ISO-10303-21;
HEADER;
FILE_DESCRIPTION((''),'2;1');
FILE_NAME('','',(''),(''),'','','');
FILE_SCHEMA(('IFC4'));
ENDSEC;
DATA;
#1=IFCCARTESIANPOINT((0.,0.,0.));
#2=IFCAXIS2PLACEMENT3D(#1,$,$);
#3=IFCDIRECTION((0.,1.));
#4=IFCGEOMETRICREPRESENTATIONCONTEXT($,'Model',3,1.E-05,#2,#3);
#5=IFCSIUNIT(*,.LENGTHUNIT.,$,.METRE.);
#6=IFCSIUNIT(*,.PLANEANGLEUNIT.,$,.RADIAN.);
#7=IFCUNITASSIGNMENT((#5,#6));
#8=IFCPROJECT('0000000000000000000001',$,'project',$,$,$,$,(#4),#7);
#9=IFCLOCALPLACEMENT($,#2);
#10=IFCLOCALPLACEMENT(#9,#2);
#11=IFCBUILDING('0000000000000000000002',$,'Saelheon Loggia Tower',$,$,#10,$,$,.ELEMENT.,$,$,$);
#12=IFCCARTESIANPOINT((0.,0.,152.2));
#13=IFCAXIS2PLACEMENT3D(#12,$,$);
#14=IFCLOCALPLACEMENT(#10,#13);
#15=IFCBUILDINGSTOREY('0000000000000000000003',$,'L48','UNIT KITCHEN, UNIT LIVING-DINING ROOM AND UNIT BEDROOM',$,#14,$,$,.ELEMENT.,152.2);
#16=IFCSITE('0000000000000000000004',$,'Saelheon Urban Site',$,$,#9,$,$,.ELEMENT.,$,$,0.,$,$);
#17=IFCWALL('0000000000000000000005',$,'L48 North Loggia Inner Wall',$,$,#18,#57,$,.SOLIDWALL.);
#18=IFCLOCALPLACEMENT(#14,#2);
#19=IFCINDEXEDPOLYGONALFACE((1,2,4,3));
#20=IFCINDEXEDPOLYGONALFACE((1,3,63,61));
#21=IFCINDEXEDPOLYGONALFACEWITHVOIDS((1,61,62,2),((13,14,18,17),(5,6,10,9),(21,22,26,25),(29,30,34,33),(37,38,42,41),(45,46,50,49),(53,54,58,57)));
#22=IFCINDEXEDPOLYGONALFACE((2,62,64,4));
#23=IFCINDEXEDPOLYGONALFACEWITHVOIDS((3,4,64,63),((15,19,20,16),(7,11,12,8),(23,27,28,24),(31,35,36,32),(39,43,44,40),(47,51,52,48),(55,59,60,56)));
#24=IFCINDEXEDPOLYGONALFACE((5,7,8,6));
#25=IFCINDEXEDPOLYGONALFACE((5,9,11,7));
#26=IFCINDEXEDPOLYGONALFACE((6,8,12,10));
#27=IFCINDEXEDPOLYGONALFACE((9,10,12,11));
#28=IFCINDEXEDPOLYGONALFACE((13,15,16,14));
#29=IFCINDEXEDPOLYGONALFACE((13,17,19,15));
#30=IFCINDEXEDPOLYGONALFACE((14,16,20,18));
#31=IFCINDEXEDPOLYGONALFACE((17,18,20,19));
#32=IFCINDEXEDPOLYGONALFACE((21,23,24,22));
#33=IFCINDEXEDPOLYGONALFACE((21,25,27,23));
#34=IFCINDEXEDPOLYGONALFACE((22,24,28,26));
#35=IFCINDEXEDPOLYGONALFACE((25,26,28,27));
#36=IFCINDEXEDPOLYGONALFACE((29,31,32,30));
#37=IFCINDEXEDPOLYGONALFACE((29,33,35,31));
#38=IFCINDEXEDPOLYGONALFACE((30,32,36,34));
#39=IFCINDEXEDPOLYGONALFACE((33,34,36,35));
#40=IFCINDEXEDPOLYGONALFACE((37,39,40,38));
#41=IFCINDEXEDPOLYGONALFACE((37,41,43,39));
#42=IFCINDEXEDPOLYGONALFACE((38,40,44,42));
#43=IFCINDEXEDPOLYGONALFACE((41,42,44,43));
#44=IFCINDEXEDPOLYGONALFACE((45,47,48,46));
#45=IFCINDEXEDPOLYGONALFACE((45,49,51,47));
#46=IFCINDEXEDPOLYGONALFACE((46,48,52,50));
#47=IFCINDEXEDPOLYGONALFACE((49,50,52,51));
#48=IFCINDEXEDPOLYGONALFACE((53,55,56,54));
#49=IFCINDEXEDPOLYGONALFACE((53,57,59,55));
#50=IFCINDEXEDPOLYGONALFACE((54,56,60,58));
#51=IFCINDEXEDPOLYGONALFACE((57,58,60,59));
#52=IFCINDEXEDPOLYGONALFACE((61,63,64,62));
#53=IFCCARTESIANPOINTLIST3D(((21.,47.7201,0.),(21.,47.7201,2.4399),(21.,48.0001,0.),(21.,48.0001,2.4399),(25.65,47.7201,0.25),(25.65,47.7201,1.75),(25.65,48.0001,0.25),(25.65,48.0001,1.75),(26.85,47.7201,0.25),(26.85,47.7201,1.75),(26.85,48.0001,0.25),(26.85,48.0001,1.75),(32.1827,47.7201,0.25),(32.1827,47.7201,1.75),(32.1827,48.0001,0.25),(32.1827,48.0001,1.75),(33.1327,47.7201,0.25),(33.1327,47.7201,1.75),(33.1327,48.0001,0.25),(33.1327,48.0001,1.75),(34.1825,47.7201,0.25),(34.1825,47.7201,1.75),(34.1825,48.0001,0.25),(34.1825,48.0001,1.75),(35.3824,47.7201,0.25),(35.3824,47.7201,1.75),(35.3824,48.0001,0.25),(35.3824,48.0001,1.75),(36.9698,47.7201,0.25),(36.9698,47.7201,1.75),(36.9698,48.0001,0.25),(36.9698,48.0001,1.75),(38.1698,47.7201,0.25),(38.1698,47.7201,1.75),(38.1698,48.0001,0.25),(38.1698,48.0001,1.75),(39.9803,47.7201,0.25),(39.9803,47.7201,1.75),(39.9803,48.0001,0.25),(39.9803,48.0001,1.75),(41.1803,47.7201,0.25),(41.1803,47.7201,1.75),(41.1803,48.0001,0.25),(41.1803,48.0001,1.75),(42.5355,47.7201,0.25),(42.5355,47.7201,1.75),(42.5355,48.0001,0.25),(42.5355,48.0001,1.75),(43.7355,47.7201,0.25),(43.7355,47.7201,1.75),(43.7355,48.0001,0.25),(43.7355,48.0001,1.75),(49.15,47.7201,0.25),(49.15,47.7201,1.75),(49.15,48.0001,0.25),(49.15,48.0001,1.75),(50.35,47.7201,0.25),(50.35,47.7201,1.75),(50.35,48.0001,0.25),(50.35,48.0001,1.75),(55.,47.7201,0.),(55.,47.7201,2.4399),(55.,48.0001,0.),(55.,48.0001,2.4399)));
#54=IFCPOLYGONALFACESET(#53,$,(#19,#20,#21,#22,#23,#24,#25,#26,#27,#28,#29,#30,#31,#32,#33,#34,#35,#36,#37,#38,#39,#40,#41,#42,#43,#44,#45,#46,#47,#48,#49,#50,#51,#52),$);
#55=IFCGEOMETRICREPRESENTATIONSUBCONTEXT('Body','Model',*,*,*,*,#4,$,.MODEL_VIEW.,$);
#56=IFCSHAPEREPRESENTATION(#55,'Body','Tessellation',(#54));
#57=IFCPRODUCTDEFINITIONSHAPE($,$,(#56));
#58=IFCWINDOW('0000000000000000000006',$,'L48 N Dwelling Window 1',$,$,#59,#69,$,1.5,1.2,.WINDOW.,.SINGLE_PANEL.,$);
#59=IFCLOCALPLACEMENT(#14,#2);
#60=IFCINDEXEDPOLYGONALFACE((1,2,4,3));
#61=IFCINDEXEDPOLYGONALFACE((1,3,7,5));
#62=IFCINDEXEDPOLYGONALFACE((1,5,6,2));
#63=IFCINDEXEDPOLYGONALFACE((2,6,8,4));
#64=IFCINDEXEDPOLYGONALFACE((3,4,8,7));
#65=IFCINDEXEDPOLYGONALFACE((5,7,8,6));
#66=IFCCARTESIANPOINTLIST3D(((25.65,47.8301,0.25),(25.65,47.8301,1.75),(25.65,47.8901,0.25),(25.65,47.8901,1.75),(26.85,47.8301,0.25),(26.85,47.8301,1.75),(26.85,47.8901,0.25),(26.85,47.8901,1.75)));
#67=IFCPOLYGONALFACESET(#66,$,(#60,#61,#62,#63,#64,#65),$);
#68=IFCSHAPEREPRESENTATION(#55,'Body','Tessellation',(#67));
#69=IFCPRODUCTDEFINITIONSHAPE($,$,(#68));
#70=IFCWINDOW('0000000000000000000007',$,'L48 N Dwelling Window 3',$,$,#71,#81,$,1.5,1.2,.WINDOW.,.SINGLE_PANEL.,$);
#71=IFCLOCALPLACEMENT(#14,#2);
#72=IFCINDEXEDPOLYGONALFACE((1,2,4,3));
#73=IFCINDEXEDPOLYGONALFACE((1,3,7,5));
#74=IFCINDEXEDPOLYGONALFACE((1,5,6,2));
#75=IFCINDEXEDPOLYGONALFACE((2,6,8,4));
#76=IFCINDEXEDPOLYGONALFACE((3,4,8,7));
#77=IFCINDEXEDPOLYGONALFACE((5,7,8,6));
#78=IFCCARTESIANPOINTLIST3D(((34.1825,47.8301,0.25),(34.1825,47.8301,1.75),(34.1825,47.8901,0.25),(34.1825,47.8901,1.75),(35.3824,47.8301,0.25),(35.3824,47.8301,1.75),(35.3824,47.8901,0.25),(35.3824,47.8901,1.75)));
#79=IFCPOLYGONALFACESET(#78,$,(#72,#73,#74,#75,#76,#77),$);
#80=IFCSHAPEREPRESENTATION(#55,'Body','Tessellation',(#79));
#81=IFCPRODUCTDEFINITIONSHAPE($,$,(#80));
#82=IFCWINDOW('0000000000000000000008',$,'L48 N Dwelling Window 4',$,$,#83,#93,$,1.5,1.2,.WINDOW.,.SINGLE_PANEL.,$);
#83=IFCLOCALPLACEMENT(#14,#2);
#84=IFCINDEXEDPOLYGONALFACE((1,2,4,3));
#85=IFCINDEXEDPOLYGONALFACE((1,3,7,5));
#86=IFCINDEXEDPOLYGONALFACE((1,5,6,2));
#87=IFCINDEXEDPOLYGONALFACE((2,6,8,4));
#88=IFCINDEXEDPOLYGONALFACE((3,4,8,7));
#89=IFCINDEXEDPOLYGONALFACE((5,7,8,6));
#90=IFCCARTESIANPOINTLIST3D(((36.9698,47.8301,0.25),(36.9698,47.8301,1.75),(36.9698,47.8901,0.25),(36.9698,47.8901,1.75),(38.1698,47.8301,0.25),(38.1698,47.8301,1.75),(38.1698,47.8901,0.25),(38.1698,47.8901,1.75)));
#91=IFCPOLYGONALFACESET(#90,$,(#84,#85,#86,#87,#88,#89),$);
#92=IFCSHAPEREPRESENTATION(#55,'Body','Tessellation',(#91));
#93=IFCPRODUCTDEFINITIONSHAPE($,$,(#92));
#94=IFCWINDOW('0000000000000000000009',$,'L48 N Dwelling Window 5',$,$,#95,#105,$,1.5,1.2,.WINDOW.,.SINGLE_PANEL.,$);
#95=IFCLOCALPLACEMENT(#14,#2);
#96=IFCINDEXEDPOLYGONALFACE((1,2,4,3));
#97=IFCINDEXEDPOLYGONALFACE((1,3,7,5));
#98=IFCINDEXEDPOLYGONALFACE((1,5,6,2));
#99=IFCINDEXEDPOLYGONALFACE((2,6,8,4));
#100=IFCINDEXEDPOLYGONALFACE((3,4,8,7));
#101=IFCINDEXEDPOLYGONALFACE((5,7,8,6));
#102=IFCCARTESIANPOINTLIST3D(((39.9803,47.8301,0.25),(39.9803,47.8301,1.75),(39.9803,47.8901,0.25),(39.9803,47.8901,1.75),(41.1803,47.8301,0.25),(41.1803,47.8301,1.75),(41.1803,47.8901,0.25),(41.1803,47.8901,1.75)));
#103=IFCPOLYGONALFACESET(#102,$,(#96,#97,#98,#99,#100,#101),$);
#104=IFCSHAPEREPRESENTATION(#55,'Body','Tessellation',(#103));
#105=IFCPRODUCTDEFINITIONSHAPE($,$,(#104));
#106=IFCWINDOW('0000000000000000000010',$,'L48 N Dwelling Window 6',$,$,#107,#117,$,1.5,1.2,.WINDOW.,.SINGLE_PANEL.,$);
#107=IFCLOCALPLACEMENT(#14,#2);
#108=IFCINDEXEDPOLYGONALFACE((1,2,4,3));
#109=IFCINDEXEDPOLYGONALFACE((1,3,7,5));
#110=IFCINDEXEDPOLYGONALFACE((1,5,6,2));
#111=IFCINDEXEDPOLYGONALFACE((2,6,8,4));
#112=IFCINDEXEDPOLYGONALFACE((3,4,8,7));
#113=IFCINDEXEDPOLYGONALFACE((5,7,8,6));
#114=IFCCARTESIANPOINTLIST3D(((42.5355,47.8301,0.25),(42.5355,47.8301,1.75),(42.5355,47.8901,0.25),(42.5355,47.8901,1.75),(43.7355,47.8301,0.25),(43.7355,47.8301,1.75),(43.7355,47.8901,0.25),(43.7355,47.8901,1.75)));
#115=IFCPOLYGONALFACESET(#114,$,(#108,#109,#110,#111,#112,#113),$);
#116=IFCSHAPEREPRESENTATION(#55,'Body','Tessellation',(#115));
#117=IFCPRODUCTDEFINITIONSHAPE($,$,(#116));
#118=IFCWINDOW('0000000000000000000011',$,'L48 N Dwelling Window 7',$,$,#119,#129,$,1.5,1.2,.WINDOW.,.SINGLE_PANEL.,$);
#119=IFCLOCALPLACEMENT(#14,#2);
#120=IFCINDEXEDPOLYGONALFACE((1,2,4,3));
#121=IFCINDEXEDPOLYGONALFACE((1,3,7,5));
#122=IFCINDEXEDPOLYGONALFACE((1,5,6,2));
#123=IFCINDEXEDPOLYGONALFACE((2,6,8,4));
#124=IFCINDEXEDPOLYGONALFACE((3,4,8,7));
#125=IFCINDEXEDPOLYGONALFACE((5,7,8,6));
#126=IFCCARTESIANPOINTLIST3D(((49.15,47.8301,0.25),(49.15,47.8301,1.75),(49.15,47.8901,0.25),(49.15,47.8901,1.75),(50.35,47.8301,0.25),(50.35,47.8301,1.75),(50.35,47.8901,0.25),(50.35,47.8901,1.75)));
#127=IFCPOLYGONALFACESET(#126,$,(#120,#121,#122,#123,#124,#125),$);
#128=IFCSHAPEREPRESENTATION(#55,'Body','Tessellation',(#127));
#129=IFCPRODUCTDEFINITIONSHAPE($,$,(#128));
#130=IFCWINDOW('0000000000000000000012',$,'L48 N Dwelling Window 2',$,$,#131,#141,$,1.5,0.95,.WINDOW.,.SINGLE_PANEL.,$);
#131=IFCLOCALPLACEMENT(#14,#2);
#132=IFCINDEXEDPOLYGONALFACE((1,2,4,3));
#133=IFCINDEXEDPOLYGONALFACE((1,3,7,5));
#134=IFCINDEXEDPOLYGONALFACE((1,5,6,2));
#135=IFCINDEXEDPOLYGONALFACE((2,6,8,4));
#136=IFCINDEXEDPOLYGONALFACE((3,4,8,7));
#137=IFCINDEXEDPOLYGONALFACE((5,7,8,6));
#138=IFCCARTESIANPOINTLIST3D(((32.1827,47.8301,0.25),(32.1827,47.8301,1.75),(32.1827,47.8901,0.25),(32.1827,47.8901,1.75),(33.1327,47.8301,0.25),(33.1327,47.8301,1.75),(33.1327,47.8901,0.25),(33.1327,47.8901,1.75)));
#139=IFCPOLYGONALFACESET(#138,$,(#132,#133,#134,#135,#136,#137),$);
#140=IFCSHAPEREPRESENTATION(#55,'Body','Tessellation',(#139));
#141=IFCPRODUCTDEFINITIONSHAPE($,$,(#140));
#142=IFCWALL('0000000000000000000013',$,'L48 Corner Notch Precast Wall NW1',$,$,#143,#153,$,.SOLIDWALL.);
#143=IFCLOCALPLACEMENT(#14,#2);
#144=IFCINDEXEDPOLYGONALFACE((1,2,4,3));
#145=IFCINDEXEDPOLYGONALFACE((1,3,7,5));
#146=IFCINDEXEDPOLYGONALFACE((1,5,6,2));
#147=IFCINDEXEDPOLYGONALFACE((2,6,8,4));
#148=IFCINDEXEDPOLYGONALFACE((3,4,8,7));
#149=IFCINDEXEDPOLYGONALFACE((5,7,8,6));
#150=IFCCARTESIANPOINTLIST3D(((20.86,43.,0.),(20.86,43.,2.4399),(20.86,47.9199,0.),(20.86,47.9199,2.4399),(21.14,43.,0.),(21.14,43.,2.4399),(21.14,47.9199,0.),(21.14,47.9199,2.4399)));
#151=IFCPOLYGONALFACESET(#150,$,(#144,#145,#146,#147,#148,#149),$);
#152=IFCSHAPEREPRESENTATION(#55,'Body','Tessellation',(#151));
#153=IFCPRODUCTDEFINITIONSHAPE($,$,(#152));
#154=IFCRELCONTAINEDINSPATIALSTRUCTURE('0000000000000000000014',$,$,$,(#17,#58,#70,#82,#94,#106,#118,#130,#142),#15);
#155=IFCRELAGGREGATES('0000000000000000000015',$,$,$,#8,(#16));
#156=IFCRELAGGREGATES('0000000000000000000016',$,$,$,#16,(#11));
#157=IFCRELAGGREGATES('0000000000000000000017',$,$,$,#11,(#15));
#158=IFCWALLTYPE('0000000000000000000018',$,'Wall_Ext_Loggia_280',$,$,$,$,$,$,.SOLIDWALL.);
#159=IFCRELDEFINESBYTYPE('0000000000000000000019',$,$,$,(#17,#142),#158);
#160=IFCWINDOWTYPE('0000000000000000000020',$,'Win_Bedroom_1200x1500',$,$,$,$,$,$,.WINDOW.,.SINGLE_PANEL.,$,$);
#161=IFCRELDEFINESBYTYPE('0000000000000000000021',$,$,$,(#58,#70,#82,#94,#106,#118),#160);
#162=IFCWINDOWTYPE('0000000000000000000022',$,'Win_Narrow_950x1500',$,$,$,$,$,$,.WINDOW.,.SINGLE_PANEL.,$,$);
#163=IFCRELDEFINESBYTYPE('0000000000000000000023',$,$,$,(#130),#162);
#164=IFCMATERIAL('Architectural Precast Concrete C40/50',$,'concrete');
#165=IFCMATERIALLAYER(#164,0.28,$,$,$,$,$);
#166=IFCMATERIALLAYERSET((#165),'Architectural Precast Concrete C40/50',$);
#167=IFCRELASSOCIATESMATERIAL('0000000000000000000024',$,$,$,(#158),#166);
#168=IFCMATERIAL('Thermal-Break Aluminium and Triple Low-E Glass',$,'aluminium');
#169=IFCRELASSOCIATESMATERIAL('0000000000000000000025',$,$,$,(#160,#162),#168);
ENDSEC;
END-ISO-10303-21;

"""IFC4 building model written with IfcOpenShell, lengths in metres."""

from ifc_helpers import new_model, si_unit, direction, frame, frame_2d, origin, place, context, subcontext, project, spatial, rectangle, extrude, source, transform, mapped, material, layer, layer_set, type_object, element, fill, save


model = new_model("IFC4")

# Units and contexts
model_context = context("Model", 3, precision=1e-05, world=origin(), true_north=direction((0.0, 1.0)))
body_context = subcontext(model_context, "Body", "Model", "MODEL_VIEW")
ifc_project = project(units=[si_unit("LENGTHUNIT", "METRE"), si_unit("PLANEANGLEUNIT", "RADIAN")], contexts=[model_context])

# Site, building, storey
site_placement = place(None, origin())
site = spatial("IfcSite", under=ifc_project, at=site_placement, Name="Saelheon Urban Site", CompositionType="ELEMENT", RefElevation=0.0)
building_placement = place(site_placement, origin())
building = spatial("IfcBuilding", under=site, at=building_placement, Name="Saelheon Loggia Tower", CompositionType="ELEMENT")
storey_placement = place(building_placement, frame((0.0, 0.0, 152.2)))
storey = spatial("IfcBuildingStorey", under=building, at=storey_placement, Name="L48", Description="UNIT KITCHEN, UNIT LIVING-DINING ROOM AND UNIT BEDROOM", CompositionType="ELEMENT", Elevation=152.2)

# Wall, openings, windows
ifc_material_1 = material(Name="Architectural Precast Concrete C40/50", Category="concrete")
ifc_layer_1 = layer(ifc_material_1, 0.28)
ifc_layer_set_1 = layer_set([ifc_layer_1], Name="Architectural Precast Concrete C40/50")
wall_type = type_object("IfcWallType", Name="Wall_Ext_Loggia_280", PredefinedType="SOLIDWALL", material=ifc_layer_set_1)
wall_1_placement = place(storey_placement, frame((21.0, 47.8601, 0.0), z_axis=(0.0, 0.0, 1.0), x_axis=(1.0, 0.0, 0.0)))
wall_1 = element("IfcWall", 1, at=wall_1_placement, inside=storey, type_object=wall_type, Name="L48 North Loggia Inner Wall", PredefinedType="SOLIDWALL", context=body_context, shape_type="SweptSolid", body=[
    extrude(rectangle(XDim=34.0, YDim=0.28, at=frame_2d((17.0, 0.0))), origin(), (0.0, 0.0, 1.0), 2.4399),
])
opening_1_placement = place(wall_1_placement, frame((4.6499, 0.0, 0.25)))
opening_1 = element("IfcOpeningElement", 2, at=opening_1_placement, cuts=wall_1, PredefinedType="OPENING", context=body_context, shape_type="SweptSolid", body=[
    extrude(rectangle(XDim=1.2, YDim=1.5, at=frame_2d((0.6001, 0.75))), frame((0.0, 0.1521, 0.0), z_axis=(0.0, -1.0, 0.0), x_axis=(1.0, 0.0, 0.0)), (0.0, 0.0, 1.0), 0.304),
])
opening_2_placement = place(wall_1_placement, frame((11.1826, 0.0, 0.25)))
opening_2 = element("IfcOpeningElement", 3, at=opening_2_placement, cuts=wall_1, PredefinedType="OPENING", context=body_context, shape_type="SweptSolid", body=[
    extrude(rectangle(XDim=0.95, YDim=1.5, at=frame_2d((0.4751, 0.75))), frame((0.0, 0.1521, 0.0), z_axis=(0.0, -1.0, 0.0), x_axis=(1.0, 0.0, 0.0)), (0.0, 0.0, 1.0), 0.304),
])
opening_3_placement = place(wall_1_placement, frame((13.1824, 0.0, 0.25)))
opening_3 = element("IfcOpeningElement", 4, at=opening_3_placement, cuts=wall_1, PredefinedType="OPENING", context=body_context, shape_type="SweptSolid", body=[
    extrude(rectangle(XDim=1.2, YDim=1.5, at=frame_2d((0.6001, 0.75))), frame((0.0, 0.1521, 0.0), z_axis=(0.0, -1.0, 0.0), x_axis=(1.0, 0.0, 0.0)), (0.0, 0.0, 1.0), 0.304),
])
opening_4_placement = place(wall_1_placement, frame((15.9697, 0.0, 0.25)))
opening_4 = element("IfcOpeningElement", 5, at=opening_4_placement, cuts=wall_1, PredefinedType="OPENING", context=body_context, shape_type="SweptSolid", body=[
    extrude(rectangle(XDim=1.2, YDim=1.5, at=frame_2d((0.6001, 0.75))), frame((0.0, 0.1521, 0.0), z_axis=(0.0, -1.0, 0.0), x_axis=(1.0, 0.0, 0.0)), (0.0, 0.0, 1.0), 0.304),
])
opening_5_placement = place(wall_1_placement, frame((18.9802, 0.0, 0.25)))
opening_5 = element("IfcOpeningElement", 6, at=opening_5_placement, cuts=wall_1, PredefinedType="OPENING", context=body_context, shape_type="SweptSolid", body=[
    extrude(rectangle(XDim=1.2, YDim=1.5, at=frame_2d((0.6001, 0.75))), frame((0.0, 0.1521, 0.0), z_axis=(0.0, -1.0, 0.0), x_axis=(1.0, 0.0, 0.0)), (0.0, 0.0, 1.0), 0.304),
])
opening_6_placement = place(wall_1_placement, frame((21.5354, 0.0, 0.25)))
opening_6 = element("IfcOpeningElement", 7, at=opening_6_placement, cuts=wall_1, PredefinedType="OPENING", context=body_context, shape_type="SweptSolid", body=[
    extrude(rectangle(XDim=1.2, YDim=1.5, at=frame_2d((0.6001, 0.75))), frame((0.0, 0.1521, 0.0), z_axis=(0.0, -1.0, 0.0), x_axis=(1.0, 0.0, 0.0)), (0.0, 0.0, 1.0), 0.304),
])
opening_7_placement = place(wall_1_placement, frame((28.1499, 0.0, 0.25)))
opening_7 = element("IfcOpeningElement", 8, at=opening_7_placement, cuts=wall_1, PredefinedType="OPENING", context=body_context, shape_type="SweptSolid", body=[
    extrude(rectangle(XDim=1.2, YDim=1.5, at=frame_2d((0.6001, 0.75))), frame((0.0, 0.1521, 0.0), z_axis=(0.0, -1.0, 0.0), x_axis=(1.0, 0.0, 0.0)), (0.0, 0.0, 1.0), 0.304),
])
ifc_material_2 = material(Name="Thermal-Break Aluminium and Triple Low-E Glass", Category="aluminium")
window_type_1 = type_object("IfcWindowType", Name="Win_Bedroom_1200x1500", PartitioningType="SINGLE_PANEL", PredefinedType="WINDOW", material=ifc_material_2)
shared_shape_1 = source(origin(), body_context, "Body", "SweptSolid", [
    extrude(rectangle(XDim=1.2, YDim=1.5, at=frame_2d((0.6001, 0.75))), frame((0.0, 0.03, 0.0), z_axis=(0.0, -1.0, 0.0), x_axis=(1.0, 0.0, 0.0)), (0.0, 0.0, 1.0), 0.0601),
])
window_1_placement = place(opening_1_placement, origin())
window_1 = element("IfcWindow", 9, at=window_1_placement, inside=storey, type_object=window_type_1, Name="L48 N Dwelling Window 1", OverallHeight=1.5, OverallWidth=1.2, PartitioningType="SINGLE_PANEL", PredefinedType="WINDOW", context=body_context, shape_type="MappedRepresentation", body=[
    mapped(shared_shape_1, transform((0.0, 0.0, 0.0), scale=1.0)),
])
fill(opening_1, window_1)
window_2_placement = place(opening_3_placement, origin())
window_2 = element("IfcWindow", 10, at=window_2_placement, inside=storey, type_object=window_type_1, Name="L48 N Dwelling Window 3", OverallHeight=1.5, OverallWidth=1.2, PartitioningType="SINGLE_PANEL", PredefinedType="WINDOW", context=body_context, shape_type="MappedRepresentation", body=[
    mapped(shared_shape_1, transform((0.0, 0.0, 0.0), scale=1.0)),
])
fill(opening_3, window_2)
window_3_placement = place(opening_4_placement, origin())
window_3 = element("IfcWindow", 11, at=window_3_placement, inside=storey, type_object=window_type_1, Name="L48 N Dwelling Window 4", OverallHeight=1.5, OverallWidth=1.2, PartitioningType="SINGLE_PANEL", PredefinedType="WINDOW", context=body_context, shape_type="MappedRepresentation", body=[
    mapped(shared_shape_1, transform((0.0, 0.0, 0.0), scale=1.0)),
])
fill(opening_4, window_3)
window_4_placement = place(opening_5_placement, origin())
window_4 = element("IfcWindow", 12, at=window_4_placement, inside=storey, type_object=window_type_1, Name="L48 N Dwelling Window 5", OverallHeight=1.5, OverallWidth=1.2, PartitioningType="SINGLE_PANEL", PredefinedType="WINDOW", context=body_context, shape_type="MappedRepresentation", body=[
    mapped(shared_shape_1, transform((0.0, 0.0, 0.0), scale=1.0)),
])
fill(opening_5, window_4)
window_5_placement = place(opening_6_placement, origin())
window_5 = element("IfcWindow", 13, at=window_5_placement, inside=storey, type_object=window_type_1, Name="L48 N Dwelling Window 6", OverallHeight=1.5, OverallWidth=1.2, PartitioningType="SINGLE_PANEL", PredefinedType="WINDOW", context=body_context, shape_type="MappedRepresentation", body=[
    mapped(shared_shape_1, transform((0.0, 0.0, 0.0), scale=1.0)),
])
fill(opening_6, window_5)
window_6_placement = place(opening_7_placement, origin())
window_6 = element("IfcWindow", 14, at=window_6_placement, inside=storey, type_object=window_type_1, Name="L48 N Dwelling Window 7", OverallHeight=1.5, OverallWidth=1.2, PartitioningType="SINGLE_PANEL", PredefinedType="WINDOW", context=body_context, shape_type="MappedRepresentation", body=[
    mapped(shared_shape_1, transform((0.0, 0.0, 0.0), scale=1.0)),
])
fill(opening_7, window_6)
window_type_2 = type_object("IfcWindowType", Name="Win_Narrow_950x1500", PartitioningType="SINGLE_PANEL", PredefinedType="WINDOW", material=ifc_material_2)
shared_shape_2 = source(origin(), body_context, "Body", "SweptSolid", [
    extrude(rectangle(XDim=0.95, YDim=1.5, at=frame_2d((0.4751, 0.75))), frame((0.0, 0.03, 0.0), z_axis=(0.0, -1.0, 0.0), x_axis=(1.0, 0.0, 0.0)), (0.0, 0.0, 1.0), 0.0601),
])
window_7_placement = place(opening_2_placement, origin())
window_7 = element("IfcWindow", 15, at=window_7_placement, inside=storey, type_object=window_type_2, Name="L48 N Dwelling Window 2", OverallHeight=1.5, OverallWidth=0.95, PartitioningType="SINGLE_PANEL", PredefinedType="WINDOW", context=body_context, shape_type="MappedRepresentation", body=[
    mapped(shared_shape_2, transform((0.0, 0.0, 0.0), scale=1.0)),
])
fill(opening_2, window_7)

# Wall
wall_2_placement = place(storey_placement, frame((21.0, 43.0, 0.0), z_axis=(0.0, 0.0, 1.0), x_axis=(0.0, 1.0, 0.0)))
element("IfcWall", 16, at=wall_2_placement, inside=storey, type_object=wall_type, Name="L48 Corner Notch Precast Wall NW1", PredefinedType="SOLIDWALL", context=body_context, shape_type="SweptSolid", body=[
    extrude(rectangle(XDim=4.9199, YDim=0.28, at=frame_2d((2.46, 0.0))), origin(), (0.0, 0.0, 1.0), 2.4399),
])

save(model, "model.ifc")
